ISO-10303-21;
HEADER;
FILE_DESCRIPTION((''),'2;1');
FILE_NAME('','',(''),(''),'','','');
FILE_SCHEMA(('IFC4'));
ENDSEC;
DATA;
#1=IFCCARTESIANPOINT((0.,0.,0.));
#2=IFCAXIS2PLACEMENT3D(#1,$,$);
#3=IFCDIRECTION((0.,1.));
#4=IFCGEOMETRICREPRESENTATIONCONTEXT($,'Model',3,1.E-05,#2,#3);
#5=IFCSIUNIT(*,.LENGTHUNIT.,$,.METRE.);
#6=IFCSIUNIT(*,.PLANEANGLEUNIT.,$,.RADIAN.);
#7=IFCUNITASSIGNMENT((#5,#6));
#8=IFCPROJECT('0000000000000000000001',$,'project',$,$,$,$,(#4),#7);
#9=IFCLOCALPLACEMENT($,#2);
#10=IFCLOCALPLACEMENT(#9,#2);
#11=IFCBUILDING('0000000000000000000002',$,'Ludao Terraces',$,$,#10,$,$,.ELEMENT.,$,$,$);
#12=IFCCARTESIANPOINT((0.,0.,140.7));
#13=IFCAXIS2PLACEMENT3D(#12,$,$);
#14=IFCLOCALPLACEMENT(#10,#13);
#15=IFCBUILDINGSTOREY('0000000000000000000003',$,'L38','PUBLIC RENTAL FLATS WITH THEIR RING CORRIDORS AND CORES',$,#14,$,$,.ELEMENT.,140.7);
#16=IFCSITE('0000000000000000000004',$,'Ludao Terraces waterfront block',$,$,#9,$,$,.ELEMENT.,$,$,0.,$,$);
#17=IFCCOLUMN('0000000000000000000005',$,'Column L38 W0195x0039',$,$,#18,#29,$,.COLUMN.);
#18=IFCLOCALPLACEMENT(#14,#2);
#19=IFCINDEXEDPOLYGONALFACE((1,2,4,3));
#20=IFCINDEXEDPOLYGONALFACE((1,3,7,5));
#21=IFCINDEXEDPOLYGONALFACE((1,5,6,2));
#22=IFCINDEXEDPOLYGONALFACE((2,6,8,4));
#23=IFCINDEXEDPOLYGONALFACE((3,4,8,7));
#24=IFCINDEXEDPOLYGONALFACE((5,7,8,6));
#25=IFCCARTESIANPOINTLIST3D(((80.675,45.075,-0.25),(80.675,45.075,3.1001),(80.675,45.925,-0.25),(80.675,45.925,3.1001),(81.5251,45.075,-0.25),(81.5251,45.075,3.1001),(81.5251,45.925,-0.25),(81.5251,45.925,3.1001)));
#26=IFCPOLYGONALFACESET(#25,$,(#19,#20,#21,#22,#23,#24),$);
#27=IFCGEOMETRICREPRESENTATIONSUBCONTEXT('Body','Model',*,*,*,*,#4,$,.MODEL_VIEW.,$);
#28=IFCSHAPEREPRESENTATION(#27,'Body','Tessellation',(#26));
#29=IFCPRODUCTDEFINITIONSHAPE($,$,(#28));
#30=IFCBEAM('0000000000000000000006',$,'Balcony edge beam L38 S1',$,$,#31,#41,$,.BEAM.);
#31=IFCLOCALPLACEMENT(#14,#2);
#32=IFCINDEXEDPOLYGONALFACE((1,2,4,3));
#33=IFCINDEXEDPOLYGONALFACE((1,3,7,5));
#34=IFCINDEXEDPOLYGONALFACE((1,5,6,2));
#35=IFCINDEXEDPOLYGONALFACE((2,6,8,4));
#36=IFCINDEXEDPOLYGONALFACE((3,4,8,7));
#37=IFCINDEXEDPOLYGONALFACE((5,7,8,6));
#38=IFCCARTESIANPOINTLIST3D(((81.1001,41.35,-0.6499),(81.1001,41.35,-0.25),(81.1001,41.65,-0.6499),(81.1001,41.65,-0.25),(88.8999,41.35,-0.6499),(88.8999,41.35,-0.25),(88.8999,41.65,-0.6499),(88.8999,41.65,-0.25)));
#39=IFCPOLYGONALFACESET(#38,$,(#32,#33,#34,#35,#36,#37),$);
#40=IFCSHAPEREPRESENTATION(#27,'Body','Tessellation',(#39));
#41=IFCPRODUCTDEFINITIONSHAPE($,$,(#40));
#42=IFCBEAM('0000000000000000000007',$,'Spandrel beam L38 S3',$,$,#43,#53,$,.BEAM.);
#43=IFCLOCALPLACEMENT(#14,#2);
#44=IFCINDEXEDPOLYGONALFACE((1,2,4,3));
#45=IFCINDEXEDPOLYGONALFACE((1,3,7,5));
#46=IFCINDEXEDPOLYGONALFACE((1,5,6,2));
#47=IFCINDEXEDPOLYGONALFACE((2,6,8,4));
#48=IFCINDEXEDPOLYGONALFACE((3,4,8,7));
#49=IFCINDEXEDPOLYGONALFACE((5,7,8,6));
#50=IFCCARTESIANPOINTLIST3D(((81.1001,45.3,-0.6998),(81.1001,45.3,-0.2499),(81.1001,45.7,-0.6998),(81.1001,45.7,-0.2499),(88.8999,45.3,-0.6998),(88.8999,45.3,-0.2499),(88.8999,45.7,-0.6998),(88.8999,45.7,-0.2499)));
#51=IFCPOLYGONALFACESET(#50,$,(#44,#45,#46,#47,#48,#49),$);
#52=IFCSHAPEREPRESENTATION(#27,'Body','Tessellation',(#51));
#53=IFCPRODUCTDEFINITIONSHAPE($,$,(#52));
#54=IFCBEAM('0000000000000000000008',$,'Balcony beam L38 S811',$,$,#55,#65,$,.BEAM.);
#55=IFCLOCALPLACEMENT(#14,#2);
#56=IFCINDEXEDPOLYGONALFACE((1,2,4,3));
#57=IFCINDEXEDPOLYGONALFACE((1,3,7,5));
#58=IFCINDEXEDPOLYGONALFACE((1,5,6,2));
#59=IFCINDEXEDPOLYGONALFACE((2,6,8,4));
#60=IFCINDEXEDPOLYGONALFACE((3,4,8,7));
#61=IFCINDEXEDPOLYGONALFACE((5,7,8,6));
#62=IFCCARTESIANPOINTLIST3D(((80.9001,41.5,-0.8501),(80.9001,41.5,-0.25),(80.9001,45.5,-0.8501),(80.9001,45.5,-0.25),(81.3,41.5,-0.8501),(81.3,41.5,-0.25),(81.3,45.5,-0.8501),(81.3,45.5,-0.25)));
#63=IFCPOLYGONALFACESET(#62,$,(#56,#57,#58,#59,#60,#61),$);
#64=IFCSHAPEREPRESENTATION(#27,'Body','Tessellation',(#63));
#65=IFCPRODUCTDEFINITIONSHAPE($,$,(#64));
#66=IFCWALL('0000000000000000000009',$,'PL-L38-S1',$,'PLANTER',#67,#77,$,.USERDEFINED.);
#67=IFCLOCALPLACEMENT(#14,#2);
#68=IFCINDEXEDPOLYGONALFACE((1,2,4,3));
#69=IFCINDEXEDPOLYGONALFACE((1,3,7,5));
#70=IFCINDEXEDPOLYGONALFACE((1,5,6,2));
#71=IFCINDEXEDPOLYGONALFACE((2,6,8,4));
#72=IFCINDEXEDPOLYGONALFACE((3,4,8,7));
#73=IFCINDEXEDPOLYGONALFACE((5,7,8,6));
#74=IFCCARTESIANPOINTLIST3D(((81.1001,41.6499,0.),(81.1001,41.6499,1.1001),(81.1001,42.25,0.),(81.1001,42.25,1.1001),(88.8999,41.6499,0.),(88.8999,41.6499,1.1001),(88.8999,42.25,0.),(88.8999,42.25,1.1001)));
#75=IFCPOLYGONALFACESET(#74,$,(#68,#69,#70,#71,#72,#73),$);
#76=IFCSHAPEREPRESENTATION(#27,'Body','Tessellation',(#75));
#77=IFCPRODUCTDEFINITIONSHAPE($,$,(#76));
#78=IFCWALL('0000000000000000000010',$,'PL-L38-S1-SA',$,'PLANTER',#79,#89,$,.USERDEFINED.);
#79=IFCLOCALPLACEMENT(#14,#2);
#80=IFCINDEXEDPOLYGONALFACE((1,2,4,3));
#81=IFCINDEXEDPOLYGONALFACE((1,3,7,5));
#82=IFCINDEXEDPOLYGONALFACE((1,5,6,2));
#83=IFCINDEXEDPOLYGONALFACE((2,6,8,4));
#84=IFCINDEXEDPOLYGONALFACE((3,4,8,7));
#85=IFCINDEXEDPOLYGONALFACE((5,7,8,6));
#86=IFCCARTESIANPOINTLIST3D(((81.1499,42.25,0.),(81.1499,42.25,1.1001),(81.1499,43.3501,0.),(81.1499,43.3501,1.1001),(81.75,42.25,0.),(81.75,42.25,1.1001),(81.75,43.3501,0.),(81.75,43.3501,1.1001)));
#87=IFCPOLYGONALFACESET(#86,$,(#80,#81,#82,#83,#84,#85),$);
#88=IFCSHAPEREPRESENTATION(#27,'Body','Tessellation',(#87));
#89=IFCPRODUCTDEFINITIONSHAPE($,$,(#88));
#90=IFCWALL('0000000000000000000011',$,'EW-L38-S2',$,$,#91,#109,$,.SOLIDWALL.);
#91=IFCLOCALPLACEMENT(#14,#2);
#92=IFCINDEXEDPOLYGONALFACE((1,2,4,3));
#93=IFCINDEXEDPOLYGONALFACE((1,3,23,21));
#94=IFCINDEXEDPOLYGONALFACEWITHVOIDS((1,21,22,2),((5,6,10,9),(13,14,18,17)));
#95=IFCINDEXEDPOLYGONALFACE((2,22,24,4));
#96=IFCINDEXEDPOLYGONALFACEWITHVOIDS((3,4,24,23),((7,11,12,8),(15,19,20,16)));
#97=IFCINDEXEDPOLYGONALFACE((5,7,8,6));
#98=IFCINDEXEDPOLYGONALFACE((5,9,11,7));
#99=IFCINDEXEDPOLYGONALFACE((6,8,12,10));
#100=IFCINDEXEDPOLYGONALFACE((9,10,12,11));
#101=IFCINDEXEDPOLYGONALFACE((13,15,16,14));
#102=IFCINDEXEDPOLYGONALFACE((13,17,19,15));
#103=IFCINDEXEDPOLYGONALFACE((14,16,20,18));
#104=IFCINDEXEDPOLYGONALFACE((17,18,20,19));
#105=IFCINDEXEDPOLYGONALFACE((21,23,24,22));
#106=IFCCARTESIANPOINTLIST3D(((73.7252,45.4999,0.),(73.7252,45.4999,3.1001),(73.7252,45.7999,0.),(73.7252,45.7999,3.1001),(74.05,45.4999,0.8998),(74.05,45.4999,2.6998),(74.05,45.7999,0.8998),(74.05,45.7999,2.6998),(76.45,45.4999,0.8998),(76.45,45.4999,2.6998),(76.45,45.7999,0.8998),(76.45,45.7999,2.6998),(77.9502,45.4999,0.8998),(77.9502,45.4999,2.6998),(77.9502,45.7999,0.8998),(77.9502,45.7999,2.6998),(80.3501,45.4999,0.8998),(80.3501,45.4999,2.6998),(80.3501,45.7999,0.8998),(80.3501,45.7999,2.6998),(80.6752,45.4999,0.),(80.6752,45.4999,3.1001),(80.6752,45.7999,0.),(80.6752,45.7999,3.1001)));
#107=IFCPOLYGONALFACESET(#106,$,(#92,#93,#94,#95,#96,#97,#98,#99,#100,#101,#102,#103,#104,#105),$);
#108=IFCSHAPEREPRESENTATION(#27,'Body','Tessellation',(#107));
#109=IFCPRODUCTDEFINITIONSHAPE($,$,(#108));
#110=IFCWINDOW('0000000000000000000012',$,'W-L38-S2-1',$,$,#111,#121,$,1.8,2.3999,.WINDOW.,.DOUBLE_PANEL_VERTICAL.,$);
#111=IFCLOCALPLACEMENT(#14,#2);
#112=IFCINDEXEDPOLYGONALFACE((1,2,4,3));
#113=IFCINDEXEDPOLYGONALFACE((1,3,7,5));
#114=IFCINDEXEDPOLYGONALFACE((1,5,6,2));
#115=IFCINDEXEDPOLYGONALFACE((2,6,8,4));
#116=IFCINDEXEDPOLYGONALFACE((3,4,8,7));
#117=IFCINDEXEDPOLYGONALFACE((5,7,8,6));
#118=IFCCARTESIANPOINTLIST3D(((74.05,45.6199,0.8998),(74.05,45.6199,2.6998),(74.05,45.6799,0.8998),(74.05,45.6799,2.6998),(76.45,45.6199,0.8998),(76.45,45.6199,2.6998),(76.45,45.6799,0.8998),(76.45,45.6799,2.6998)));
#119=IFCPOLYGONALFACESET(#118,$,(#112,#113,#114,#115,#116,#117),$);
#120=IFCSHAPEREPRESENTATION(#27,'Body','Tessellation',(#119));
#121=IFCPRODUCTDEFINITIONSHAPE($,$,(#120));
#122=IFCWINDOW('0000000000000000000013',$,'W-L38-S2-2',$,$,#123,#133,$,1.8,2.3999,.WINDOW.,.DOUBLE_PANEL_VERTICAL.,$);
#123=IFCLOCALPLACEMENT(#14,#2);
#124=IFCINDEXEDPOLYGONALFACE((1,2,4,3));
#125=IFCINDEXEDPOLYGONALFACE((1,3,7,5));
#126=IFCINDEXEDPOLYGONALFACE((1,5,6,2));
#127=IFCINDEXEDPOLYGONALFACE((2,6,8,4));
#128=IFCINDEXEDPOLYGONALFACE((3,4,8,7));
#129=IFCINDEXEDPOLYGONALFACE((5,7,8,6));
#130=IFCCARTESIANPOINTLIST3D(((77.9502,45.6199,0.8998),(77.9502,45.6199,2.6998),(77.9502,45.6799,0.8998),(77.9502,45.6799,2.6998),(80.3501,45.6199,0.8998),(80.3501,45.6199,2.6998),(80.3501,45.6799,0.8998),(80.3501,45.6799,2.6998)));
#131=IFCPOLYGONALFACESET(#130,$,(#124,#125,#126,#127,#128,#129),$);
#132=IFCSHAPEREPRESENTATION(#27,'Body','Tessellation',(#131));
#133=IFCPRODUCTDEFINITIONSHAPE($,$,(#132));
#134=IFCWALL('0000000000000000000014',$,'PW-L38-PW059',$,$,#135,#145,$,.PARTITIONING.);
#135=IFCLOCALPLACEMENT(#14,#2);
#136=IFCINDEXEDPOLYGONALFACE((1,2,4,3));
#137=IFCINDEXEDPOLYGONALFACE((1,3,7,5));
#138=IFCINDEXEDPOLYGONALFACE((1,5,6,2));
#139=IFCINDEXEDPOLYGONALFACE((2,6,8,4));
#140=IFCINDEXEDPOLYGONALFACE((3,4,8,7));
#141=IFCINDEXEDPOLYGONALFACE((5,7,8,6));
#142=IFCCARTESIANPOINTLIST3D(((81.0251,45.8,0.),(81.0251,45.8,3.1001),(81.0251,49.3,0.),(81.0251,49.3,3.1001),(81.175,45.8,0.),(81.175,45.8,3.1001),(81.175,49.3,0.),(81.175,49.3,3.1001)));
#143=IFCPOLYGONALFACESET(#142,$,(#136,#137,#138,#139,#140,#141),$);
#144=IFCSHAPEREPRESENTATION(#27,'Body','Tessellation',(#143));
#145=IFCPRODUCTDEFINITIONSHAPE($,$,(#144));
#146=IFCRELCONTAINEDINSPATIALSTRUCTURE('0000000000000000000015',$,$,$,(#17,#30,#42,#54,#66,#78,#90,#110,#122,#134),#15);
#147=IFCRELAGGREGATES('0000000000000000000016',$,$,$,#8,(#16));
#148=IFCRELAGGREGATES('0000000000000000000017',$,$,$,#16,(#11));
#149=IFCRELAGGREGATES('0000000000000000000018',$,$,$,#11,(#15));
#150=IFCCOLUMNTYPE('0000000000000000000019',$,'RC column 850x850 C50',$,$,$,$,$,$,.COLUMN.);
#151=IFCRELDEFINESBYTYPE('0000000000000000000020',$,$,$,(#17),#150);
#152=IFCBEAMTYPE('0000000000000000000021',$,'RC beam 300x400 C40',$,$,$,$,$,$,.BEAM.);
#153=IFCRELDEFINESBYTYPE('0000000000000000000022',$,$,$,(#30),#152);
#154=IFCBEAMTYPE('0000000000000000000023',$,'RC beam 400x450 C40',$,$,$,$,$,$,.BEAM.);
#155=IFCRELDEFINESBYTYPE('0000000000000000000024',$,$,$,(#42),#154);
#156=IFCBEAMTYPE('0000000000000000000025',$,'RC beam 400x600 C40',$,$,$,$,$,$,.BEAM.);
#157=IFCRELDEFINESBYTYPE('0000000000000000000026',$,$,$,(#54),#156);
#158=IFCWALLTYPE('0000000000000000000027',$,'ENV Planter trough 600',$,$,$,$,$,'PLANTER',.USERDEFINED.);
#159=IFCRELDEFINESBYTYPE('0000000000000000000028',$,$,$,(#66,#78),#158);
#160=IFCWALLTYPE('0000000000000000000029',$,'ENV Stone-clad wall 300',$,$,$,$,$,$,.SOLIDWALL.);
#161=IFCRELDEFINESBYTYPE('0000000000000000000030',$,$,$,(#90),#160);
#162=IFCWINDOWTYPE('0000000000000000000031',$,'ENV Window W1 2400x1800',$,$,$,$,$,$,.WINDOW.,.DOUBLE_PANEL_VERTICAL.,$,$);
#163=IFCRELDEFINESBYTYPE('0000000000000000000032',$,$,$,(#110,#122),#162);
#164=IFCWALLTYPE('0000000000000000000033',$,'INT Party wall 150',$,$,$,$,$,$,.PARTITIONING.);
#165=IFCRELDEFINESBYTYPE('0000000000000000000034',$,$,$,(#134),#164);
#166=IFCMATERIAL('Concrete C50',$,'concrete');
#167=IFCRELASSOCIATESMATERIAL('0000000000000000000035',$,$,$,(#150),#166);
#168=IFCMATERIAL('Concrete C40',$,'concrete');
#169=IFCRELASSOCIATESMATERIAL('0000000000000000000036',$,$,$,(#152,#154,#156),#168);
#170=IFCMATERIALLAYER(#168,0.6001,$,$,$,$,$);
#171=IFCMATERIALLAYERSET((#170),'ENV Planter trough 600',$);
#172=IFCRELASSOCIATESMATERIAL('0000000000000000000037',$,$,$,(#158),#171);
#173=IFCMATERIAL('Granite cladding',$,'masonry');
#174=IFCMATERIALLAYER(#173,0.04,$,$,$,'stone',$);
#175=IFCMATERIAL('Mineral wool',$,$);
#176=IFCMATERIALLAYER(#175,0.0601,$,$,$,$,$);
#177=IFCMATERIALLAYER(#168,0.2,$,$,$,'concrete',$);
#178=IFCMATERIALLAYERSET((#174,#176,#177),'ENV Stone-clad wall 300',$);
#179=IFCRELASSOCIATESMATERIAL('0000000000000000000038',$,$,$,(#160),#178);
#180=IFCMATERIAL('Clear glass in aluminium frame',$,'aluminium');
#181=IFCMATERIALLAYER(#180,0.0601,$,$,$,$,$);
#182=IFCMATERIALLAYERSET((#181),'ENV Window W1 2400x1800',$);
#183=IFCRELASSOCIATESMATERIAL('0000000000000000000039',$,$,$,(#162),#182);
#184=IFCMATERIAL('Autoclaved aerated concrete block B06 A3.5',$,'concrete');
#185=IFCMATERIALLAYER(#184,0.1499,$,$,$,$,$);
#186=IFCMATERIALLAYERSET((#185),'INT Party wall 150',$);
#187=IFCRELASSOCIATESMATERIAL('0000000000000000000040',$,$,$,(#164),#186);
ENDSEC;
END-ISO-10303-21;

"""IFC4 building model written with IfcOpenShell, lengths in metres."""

from ifc_helpers import new_model, si_unit, direction, frame, frame_2d, origin, origin_2d, place, context, subcontext, project, spatial, rectangle, extrude, material, layer, layer_set, material_profile, profile_set, type_object, element, fill, save


model = new_model("IFC4")

# Units and contexts
model_context = context("Model", 3, precision=1e-05, world=origin(), true_north=direction((0.0, 1.0)))
body_context = subcontext(model_context, "Body", "Model", "MODEL_VIEW")
ifc_project = project(units=[si_unit("LENGTHUNIT", "METRE"), si_unit("PLANEANGLEUNIT", "RADIAN")], contexts=[model_context])

# Site, building, storey
site_placement = place(None, origin())
site = spatial("IfcSite", under=ifc_project, at=site_placement, Name="Ludao Terraces waterfront block", CompositionType="ELEMENT", RefElevation=0.0)
building_placement = place(site_placement, origin())
building = spatial("IfcBuilding", under=site, at=building_placement, Name="Ludao Terraces", CompositionType="ELEMENT")
storey_placement = place(building_placement, frame((0.0, 0.0, 140.7)))
storey = spatial("IfcBuildingStorey", under=building, at=storey_placement, Name="L38", Description="PUBLIC RENTAL FLATS WITH THEIR RING CORRIDORS AND CORES", CompositionType="ELEMENT", Elevation=140.7)

# Column
ifc_material_1 = material(Name="Concrete C50", Category="concrete")
ifc_material_profile_1 = material_profile(ifc_material_1, rectangle(XDim=0.8501, YDim=0.8501, at=origin_2d()), Name="850 X 850")
ifc_profile_set_1 = profile_set([ifc_material_profile_1], Name="Concrete C50")
column_type = type_object("IfcColumnType", Name="RC column 850x850 C50", PredefinedType="COLUMN", material=ifc_profile_set_1)
column_placement = place(storey_placement, frame((81.1001, 45.5, -0.25), z_axis=(0.0, 0.0, 1.0), x_axis=(1.0, 0.0, 0.0)))
element("IfcColumn", 1, at=column_placement, inside=storey, type_object=column_type, Name="Column L38 W0195x0039", PredefinedType="COLUMN", context=body_context, shape_type="SweptSolid", body=[
    extrude(rectangle(XDim=0.8501, YDim=0.8501, at=origin_2d()), origin(), (0.0, 0.0, 1.0), 3.3501),
])

# Beams
ifc_material_2 = material(Name="Concrete C40", Category="concrete")
ifc_material_profile_2 = material_profile(ifc_material_2, rectangle(XDim=0.3, YDim=0.3999, at=origin_2d()), Name="300 X 400")
ifc_profile_set_2 = profile_set([ifc_material_profile_2], Name="Concrete C40")
beam_type_1 = type_object("IfcBeamType", Name="RC beam 300x400 C40", PredefinedType="BEAM", material=ifc_profile_set_2)
beam_1_placement = place(storey_placement, frame((81.1001, 41.5, -0.45), z_axis=(1.0, 0.0, 0.0), x_axis=(0.0, 1.0, 0.0)))
element("IfcBeam", 2, at=beam_1_placement, inside=storey, type_object=beam_type_1, Name="Balcony edge beam L38 S1", PredefinedType="BEAM", context=body_context, shape_type="SweptSolid", body=[
    extrude(rectangle(XDim=0.3, YDim=0.3999, at=origin_2d()), origin(), (0.0, 0.0, 1.0), 7.7998),
])
ifc_material_profile_3 = material_profile(ifc_material_2, rectangle(XDim=0.3999, YDim=0.45, at=origin_2d()), Name="400 X 450")
ifc_profile_set_3 = profile_set([ifc_material_profile_3], Name="Concrete C40")
beam_type_2 = type_object("IfcBeamType", Name="RC beam 400x450 C40", PredefinedType="BEAM", material=ifc_profile_set_3)
beam_2_placement = place(storey_placement, frame((81.1001, 45.5, -0.4749), z_axis=(1.0, 0.0, 0.0), x_axis=(0.0, 1.0, 0.0)))
element("IfcBeam", 3, at=beam_2_placement, inside=storey, type_object=beam_type_2, Name="Spandrel beam L38 S3", PredefinedType="BEAM", context=body_context, shape_type="SweptSolid", body=[
    extrude(rectangle(XDim=0.3999, YDim=0.45, at=origin_2d()), origin(), (0.0, 0.0, 1.0), 7.7998),
])
ifc_material_profile_4 = material_profile(ifc_material_2, rectangle(XDim=0.3999, YDim=0.6001, at=origin_2d()), Name="400 X 600")
ifc_profile_set_4 = profile_set([ifc_material_profile_4], Name="Concrete C40")
beam_type_3 = type_object("IfcBeamType", Name="RC beam 400x600 C40", PredefinedType="BEAM", material=ifc_profile_set_4)
beam_3_placement = place(storey_placement, frame((81.1001, 45.5, -0.55), z_axis=(0.0, -1.0, 0.0), x_axis=(1.0, 0.0, 0.0)))
element("IfcBeam", 4, at=beam_3_placement, inside=storey, type_object=beam_type_3, Name="Balcony beam L38 S811", PredefinedType="BEAM", context=body_context, shape_type="SweptSolid", body=[
    extrude(rectangle(XDim=0.3999, YDim=0.6001, at=origin_2d()), origin(), (0.0, 0.0, 1.0), 4.0),
])

# Walls
ifc_layer_1 = layer(ifc_material_2, 0.6001)
ifc_layer_set_1 = layer_set([ifc_layer_1], Name="ENV Planter trough 600")
wall_type_1 = type_object("IfcWallType", Name="ENV Planter trough 600", ElementType="PLANTER", PredefinedType="USERDEFINED", material=ifc_layer_set_1)
wall_1_placement = place(storey_placement, frame((81.1001, 41.95, 0.0), z_axis=(0.0, 0.0, 1.0), x_axis=(1.0, 0.0, 0.0)))
element("IfcWall", 5, at=wall_1_placement, inside=storey, type_object=wall_type_1, Name="PL-L38-S1", ObjectType="PLANTER", PredefinedType="USERDEFINED", context=body_context, shape_type="SweptSolid", body=[
    extrude(rectangle(XDim=7.7998, YDim=0.6001, at=frame_2d((3.8999, 0.0))), origin(), (0.0, 0.0, 1.0), 1.1001),
])
wall_2_placement = place(storey_placement, frame((81.45, 42.25, 0.0), z_axis=(0.0, 0.0, 1.0), x_axis=(0.0, 1.0, 0.0)))
element("IfcWall", 6, at=wall_2_placement, inside=storey, type_object=wall_type_1, Name="PL-L38-S1-SA", ObjectType="PLANTER", PredefinedType="USERDEFINED", context=body_context, shape_type="SweptSolid", body=[
    extrude(rectangle(XDim=1.1001, YDim=0.6001, at=frame_2d((0.55, 0.0))), origin(), (0.0, 0.0, 1.0), 1.1001),
])

# Wall, openings, windows
ifc_material_3 = material(Name="Granite cladding", Category="masonry")
ifc_layer_2 = layer(ifc_material_3, 0.04, Category="stone")
ifc_material_4 = material(Name="Mineral wool")
ifc_layer_3 = layer(ifc_material_4, 0.0601)
ifc_layer_4 = layer(ifc_material_2, 0.2, Category="concrete")
ifc_layer_set_2 = layer_set([ifc_layer_2, ifc_layer_3, ifc_layer_4], Name="ENV Stone-clad wall 300")
wall_type_2 = type_object("IfcWallType", Name="ENV Stone-clad wall 300", PredefinedType="SOLIDWALL", material=ifc_layer_set_2)
wall_3_placement = place(storey_placement, frame((73.7251, 45.6499, 0.0), z_axis=(0.0, 0.0, 1.0), x_axis=(1.0, 0.0, 0.0)))
wall_3 = element("IfcWall", 7, at=wall_3_placement, inside=storey, type_object=wall_type_2, Name="EW-L38-S2", PredefinedType="SOLIDWALL", context=body_context, shape_type="SweptSolid", body=[
    extrude(rectangle(XDim=6.95, YDim=0.3, at=frame_2d((3.4751, 0.0))), origin(), (0.0, 0.0, 1.0), 3.1001),
])
opening_1_placement = place(wall_3_placement, frame((0.325, 0.0, 0.8999)))
opening_1 = element("IfcOpeningElement", 8, at=opening_1_placement, cuts=wall_3, PredefinedType="OPENING", context=body_context, shape_type="SweptSolid", body=[
    extrude(rectangle(XDim=2.3999, YDim=1.8, at=frame_2d((1.2, 0.8999))), frame((0.0, 0.1602, 0.0), z_axis=(0.0, -1.0, 0.0), x_axis=(1.0, 0.0, 0.0)), (0.0, 0.0, 1.0), 0.3201),
])
opening_2_placement = place(wall_3_placement, frame((4.2251, 0.0, 0.8999)))
opening_2 = element("IfcOpeningElement", 9, at=opening_2_placement, cuts=wall_3, PredefinedType="OPENING", context=body_context, shape_type="SweptSolid", body=[
    extrude(rectangle(XDim=2.3999, YDim=1.8, at=frame_2d((1.2, 0.8999))), frame((0.0, 0.1602, 0.0), z_axis=(0.0, -1.0, 0.0), x_axis=(1.0, 0.0, 0.0)), (0.0, 0.0, 1.0), 0.3201),
])
ifc_material_5 = material(Name="Clear glass in aluminium frame", Category="aluminium")
ifc_layer_5 = layer(ifc_material_5, 0.0601)
ifc_layer_set_3 = layer_set([ifc_layer_5], Name="ENV Window W1 2400x1800")
window_type = type_object("IfcWindowType", Name="ENV Window W1 2400x1800", PartitioningType="DOUBLE_PANEL_VERTICAL", PredefinedType="WINDOW", material=ifc_layer_set_3)
window_1_placement = place(opening_1_placement, origin())
window_1 = element("IfcWindow", 10, at=window_1_placement, inside=storey, type_object=window_type, Name="W-L38-S2-1", OverallHeight=1.8, OverallWidth=2.3999, PartitioningType="DOUBLE_PANEL_VERTICAL", PredefinedType="WINDOW", context=body_context, shape_type="SweptSolid", body=[
    extrude(rectangle(XDim=2.3999, YDim=1.8, at=frame_2d((1.2, 0.8999))), frame((0.0, 0.03, 0.0), z_axis=(0.0, -1.0, 0.0), x_axis=(1.0, 0.0, 0.0)), (0.0, 0.0, 1.0), 0.0601),
])
fill(opening_1, window_1)
window_2_placement = place(opening_2_placement, origin())
window_2 = element("IfcWindow", 11, at=window_2_placement, inside=storey, type_object=window_type, Name="W-L38-S2-2", OverallHeight=1.8, OverallWidth=2.3999, PartitioningType="DOUBLE_PANEL_VERTICAL", PredefinedType="WINDOW", context=body_context, shape_type="SweptSolid", body=[
    extrude(rectangle(XDim=2.3999, YDim=1.8, at=frame_2d((1.2, 0.8999))), frame((0.0, 0.03, 0.0), z_axis=(0.0, -1.0, 0.0), x_axis=(1.0, 0.0, 0.0)), (0.0, 0.0, 1.0), 0.0601),
])
fill(opening_2, window_2)

# Wall
ifc_material_6 = material(Name="Autoclaved aerated concrete block B06 A3.5", Category="concrete")
ifc_layer_6 = layer(ifc_material_6, 0.1499)
ifc_layer_set_4 = layer_set([ifc_layer_6], Name="INT Party wall 150")
wall_type_3 = type_object("IfcWallType", Name="INT Party wall 150", PredefinedType="PARTITIONING", material=ifc_layer_set_4)
wall_4_placement = place(storey_placement, frame((81.1001, 45.8, 0.0), z_axis=(0.0, 0.0, 1.0), x_axis=(0.0, 1.0, 0.0)))
element("IfcWall", 12, at=wall_4_placement, inside=storey, type_object=wall_type_3, Name="PW-L38-PW059", PredefinedType="PARTITIONING", context=body_context, shape_type="SweptSolid", body=[
    extrude(rectangle(XDim=3.5, YDim=0.1499, at=frame_2d((1.75, 0.0))), origin(), (0.0, 0.0, 1.0), 3.1001),
])

save(model, "model.ifc")
